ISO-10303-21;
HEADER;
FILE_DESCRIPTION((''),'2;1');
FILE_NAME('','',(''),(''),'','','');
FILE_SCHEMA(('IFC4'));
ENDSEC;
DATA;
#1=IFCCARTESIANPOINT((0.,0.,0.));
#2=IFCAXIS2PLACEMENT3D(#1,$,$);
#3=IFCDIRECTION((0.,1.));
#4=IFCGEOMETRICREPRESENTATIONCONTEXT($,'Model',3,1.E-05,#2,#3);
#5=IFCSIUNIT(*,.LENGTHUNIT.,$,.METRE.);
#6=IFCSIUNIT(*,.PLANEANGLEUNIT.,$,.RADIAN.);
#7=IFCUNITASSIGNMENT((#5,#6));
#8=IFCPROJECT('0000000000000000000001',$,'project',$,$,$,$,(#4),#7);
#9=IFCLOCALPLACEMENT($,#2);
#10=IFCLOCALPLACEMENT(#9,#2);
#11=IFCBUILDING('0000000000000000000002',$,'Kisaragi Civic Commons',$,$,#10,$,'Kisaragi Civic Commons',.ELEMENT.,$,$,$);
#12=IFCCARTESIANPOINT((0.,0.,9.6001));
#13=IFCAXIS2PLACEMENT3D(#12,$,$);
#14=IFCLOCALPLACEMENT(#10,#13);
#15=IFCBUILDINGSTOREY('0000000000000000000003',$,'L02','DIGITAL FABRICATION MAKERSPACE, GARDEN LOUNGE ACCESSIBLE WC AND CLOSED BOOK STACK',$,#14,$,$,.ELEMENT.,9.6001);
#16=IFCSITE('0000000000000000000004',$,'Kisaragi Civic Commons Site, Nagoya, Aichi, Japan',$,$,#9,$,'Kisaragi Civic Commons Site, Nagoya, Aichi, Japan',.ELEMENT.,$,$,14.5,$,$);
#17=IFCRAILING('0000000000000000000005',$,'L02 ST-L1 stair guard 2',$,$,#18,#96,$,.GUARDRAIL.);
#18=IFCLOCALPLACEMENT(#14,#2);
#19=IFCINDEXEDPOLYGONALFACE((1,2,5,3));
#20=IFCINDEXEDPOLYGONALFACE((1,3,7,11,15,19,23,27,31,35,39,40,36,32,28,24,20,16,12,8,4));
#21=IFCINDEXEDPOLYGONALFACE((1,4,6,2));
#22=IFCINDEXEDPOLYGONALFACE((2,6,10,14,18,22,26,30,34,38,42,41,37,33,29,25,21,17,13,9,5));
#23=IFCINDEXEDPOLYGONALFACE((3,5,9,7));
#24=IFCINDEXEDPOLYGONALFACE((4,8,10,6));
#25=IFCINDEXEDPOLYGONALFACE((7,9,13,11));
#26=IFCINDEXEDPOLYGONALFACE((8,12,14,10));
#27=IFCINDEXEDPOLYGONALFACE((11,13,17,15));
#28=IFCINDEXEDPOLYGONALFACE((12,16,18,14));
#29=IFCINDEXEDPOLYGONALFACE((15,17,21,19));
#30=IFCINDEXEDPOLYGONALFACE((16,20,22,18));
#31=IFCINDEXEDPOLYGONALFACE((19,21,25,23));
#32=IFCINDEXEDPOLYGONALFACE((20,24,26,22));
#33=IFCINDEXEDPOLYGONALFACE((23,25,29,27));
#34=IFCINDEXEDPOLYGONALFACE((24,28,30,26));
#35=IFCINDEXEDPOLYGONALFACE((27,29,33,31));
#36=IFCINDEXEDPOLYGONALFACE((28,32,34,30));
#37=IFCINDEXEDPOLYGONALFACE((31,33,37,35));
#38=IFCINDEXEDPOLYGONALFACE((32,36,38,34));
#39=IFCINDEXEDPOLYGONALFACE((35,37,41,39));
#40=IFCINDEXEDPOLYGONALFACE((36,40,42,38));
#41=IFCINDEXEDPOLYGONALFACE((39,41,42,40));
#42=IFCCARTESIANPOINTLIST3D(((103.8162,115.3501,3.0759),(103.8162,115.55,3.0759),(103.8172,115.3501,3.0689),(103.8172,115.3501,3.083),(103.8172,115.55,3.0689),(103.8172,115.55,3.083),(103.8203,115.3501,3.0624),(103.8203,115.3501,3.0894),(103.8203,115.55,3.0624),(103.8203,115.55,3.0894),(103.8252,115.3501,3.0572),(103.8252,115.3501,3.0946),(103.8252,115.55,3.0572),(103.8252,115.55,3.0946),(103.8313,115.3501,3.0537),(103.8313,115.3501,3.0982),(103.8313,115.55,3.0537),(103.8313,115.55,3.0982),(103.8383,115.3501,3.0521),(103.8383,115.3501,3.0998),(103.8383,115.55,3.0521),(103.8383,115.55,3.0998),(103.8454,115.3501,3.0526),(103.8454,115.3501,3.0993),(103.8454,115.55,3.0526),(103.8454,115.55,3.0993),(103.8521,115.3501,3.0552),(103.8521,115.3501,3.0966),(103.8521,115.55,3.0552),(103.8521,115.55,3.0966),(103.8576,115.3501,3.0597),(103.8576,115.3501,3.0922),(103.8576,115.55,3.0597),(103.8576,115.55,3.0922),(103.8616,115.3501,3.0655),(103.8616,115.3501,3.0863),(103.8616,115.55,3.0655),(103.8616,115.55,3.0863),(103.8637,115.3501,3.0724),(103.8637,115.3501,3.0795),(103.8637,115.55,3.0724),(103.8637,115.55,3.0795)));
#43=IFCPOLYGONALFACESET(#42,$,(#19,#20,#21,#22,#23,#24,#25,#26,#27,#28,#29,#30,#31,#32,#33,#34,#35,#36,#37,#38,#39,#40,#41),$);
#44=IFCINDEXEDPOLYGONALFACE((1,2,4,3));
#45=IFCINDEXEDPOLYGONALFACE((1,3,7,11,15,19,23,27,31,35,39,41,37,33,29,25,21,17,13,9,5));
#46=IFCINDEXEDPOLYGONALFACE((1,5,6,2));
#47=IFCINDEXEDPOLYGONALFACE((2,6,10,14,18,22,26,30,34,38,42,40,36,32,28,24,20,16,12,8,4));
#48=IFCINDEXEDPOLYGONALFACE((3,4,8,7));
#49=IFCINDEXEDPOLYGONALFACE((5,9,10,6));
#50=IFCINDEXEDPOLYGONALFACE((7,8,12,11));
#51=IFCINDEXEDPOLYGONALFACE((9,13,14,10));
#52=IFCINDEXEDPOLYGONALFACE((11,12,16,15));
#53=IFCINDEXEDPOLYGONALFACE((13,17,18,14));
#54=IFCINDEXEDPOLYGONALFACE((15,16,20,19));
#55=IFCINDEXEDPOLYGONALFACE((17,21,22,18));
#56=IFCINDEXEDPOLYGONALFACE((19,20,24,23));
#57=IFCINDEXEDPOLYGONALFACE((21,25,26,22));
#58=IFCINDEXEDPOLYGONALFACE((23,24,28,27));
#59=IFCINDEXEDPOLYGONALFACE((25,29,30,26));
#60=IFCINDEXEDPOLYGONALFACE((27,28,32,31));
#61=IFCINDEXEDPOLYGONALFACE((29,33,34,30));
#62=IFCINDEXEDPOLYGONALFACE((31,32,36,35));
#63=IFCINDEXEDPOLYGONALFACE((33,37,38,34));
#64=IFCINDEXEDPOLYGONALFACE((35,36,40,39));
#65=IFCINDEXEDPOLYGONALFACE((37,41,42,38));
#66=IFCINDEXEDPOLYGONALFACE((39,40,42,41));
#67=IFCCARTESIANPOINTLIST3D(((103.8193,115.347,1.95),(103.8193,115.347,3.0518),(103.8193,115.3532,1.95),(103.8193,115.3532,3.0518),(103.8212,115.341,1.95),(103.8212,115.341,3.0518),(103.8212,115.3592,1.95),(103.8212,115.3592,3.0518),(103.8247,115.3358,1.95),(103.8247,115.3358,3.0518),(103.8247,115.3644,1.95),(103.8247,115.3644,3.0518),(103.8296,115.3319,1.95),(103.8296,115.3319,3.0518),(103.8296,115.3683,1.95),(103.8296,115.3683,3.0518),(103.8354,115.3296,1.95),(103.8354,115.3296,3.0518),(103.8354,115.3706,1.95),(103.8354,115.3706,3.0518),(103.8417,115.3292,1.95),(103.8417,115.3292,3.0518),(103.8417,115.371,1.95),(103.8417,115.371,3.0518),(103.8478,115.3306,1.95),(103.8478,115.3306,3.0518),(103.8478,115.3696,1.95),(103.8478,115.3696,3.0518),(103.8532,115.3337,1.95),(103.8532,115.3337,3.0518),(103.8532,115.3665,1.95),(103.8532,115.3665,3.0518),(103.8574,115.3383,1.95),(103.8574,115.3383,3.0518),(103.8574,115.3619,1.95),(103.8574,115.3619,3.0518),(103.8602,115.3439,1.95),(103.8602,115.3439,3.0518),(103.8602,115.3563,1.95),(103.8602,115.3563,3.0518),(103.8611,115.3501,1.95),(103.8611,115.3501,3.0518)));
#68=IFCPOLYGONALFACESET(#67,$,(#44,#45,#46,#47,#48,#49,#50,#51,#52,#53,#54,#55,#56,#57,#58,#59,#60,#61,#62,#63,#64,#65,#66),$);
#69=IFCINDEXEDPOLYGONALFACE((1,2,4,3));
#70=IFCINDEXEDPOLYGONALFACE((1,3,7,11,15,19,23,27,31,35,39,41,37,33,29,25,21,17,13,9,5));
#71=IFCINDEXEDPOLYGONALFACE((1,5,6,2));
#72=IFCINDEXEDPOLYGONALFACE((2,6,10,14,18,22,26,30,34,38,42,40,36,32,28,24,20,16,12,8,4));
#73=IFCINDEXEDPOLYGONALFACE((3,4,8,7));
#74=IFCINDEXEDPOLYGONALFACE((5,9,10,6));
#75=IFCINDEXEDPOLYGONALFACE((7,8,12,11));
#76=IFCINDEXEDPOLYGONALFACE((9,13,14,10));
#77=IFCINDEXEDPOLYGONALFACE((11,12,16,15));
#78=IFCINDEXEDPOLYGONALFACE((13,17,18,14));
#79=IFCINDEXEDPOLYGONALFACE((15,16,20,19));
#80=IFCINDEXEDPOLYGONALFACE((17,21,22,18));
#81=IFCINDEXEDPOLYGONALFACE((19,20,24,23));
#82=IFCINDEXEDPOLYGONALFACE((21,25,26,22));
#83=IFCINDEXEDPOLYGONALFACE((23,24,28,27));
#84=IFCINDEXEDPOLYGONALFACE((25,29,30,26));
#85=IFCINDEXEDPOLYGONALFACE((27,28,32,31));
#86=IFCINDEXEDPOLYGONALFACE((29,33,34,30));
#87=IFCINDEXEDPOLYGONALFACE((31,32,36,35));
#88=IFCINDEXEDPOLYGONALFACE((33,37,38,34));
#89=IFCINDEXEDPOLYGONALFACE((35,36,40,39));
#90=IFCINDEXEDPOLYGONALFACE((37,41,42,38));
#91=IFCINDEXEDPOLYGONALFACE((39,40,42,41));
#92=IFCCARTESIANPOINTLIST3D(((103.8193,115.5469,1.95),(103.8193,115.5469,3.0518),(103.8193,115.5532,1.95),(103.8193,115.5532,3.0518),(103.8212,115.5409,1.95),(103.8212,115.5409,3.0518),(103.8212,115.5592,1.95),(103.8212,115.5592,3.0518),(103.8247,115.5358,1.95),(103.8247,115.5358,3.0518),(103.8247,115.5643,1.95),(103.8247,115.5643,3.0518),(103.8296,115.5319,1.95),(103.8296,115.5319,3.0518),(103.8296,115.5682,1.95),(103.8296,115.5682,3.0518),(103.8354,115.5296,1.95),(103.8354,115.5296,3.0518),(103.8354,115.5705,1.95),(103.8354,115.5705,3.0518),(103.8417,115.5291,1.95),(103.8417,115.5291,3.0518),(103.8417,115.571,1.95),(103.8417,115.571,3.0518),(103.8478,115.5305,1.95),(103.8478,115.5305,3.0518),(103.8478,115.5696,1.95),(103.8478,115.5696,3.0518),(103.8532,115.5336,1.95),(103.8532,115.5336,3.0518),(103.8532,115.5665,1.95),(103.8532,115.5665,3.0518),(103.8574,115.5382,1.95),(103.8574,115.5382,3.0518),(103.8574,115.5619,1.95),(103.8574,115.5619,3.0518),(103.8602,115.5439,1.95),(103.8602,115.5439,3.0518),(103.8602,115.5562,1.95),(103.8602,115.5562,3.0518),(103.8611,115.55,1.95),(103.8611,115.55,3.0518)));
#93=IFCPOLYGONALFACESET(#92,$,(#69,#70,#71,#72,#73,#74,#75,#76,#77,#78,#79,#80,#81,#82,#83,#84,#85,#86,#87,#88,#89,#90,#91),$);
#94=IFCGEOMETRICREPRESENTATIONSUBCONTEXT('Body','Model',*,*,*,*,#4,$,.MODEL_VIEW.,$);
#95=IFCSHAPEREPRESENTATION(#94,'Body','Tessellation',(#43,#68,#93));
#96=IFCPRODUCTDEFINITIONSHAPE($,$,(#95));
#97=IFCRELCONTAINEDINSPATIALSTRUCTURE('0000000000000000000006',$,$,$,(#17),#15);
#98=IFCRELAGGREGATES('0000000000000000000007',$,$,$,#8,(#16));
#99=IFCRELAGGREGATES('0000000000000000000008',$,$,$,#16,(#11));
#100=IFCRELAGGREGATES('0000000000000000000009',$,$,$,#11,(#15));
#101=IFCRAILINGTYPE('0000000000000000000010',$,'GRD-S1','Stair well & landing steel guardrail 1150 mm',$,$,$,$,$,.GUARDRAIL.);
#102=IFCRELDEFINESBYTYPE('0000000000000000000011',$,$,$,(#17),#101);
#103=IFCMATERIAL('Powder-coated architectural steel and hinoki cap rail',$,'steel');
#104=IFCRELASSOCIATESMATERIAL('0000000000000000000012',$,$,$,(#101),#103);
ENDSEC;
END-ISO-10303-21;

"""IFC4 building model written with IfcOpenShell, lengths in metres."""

from ifc_helpers import new_model, si_unit, direction, frame, origin, origin_2d, place, context, subcontext, project, spatial, circle, extrude, material, type_object, element, save


model = new_model("IFC4")

# Units and contexts
model_context = context("Model", 3, precision=1e-05, world=origin(), true_north=direction((0.0, 1.0)))
body_context = subcontext(model_context, "Body", "Model", "MODEL_VIEW")
ifc_project = project(units=[si_unit("LENGTHUNIT", "METRE"), si_unit("PLANEANGLEUNIT", "RADIAN")], contexts=[model_context])

# Site, building, storey
site_placement = place(None, origin())
site = spatial("IfcSite", under=ifc_project, at=site_placement, Name="Kisaragi Civic Commons Site, Nagoya, Aichi, Japan", LongName="Kisaragi Civic Commons Site, Nagoya, Aichi, Japan", CompositionType="ELEMENT", RefElevation=14.5)
building_placement = place(site_placement, origin())
building = spatial("IfcBuilding", under=site, at=building_placement, Name="Kisaragi Civic Commons", LongName="Kisaragi Civic Commons", CompositionType="ELEMENT")
storey_placement = place(building_placement, frame((0.0, 0.0, 9.6001)))
storey = spatial("IfcBuildingStorey", under=building, at=storey_placement, Name="L02", Description="DIGITAL FABRICATION MAKERSPACE, GARDEN LOUNGE ACCESSIBLE WC AND CLOSED BOOK STACK", CompositionType="ELEMENT", Elevation=9.6001)

# Railing
ifc_material_1 = material(Name="Powder-coated architectural steel and hinoki cap rail", Category="steel")
railing_type_1 = type_object("IfcRailingType", Name="GRD-S1", Description="Stair well & landing steel guardrail 1150 mm", PredefinedType="GUARDRAIL", material=ifc_material_1)
railing_1_placement = place(storey_placement, frame((103.8401, 115.3501, 1.95)))
element("IfcRailing", 1, at=railing_1_placement, inside=storey, type_object=railing_type_1, Name="L02 ST-L1 stair guard 2", PredefinedType="GUARDRAIL", context=body_context, shape_type="SweptSolid", body=[
    extrude(circle(Radius=0.0239, at=origin_2d()), frame((0.0, 0.0, 1.126), z_axis=(0.0, 1.0, 0.0), x_axis=(-1.0, 0.0, 0.0)), (0.0, 0.0, 1.0), 0.2),
    extrude(circle(Radius=0.021, at=origin_2d()), origin(), (0.0, 0.0, 1.0), 1.1018),
    extrude(circle(Radius=0.021, at=origin_2d()), frame((0.0, 0.2, 0.0)), (0.0, 0.0, 1.0), 1.1018),
])

save(model, "model.ifc")
